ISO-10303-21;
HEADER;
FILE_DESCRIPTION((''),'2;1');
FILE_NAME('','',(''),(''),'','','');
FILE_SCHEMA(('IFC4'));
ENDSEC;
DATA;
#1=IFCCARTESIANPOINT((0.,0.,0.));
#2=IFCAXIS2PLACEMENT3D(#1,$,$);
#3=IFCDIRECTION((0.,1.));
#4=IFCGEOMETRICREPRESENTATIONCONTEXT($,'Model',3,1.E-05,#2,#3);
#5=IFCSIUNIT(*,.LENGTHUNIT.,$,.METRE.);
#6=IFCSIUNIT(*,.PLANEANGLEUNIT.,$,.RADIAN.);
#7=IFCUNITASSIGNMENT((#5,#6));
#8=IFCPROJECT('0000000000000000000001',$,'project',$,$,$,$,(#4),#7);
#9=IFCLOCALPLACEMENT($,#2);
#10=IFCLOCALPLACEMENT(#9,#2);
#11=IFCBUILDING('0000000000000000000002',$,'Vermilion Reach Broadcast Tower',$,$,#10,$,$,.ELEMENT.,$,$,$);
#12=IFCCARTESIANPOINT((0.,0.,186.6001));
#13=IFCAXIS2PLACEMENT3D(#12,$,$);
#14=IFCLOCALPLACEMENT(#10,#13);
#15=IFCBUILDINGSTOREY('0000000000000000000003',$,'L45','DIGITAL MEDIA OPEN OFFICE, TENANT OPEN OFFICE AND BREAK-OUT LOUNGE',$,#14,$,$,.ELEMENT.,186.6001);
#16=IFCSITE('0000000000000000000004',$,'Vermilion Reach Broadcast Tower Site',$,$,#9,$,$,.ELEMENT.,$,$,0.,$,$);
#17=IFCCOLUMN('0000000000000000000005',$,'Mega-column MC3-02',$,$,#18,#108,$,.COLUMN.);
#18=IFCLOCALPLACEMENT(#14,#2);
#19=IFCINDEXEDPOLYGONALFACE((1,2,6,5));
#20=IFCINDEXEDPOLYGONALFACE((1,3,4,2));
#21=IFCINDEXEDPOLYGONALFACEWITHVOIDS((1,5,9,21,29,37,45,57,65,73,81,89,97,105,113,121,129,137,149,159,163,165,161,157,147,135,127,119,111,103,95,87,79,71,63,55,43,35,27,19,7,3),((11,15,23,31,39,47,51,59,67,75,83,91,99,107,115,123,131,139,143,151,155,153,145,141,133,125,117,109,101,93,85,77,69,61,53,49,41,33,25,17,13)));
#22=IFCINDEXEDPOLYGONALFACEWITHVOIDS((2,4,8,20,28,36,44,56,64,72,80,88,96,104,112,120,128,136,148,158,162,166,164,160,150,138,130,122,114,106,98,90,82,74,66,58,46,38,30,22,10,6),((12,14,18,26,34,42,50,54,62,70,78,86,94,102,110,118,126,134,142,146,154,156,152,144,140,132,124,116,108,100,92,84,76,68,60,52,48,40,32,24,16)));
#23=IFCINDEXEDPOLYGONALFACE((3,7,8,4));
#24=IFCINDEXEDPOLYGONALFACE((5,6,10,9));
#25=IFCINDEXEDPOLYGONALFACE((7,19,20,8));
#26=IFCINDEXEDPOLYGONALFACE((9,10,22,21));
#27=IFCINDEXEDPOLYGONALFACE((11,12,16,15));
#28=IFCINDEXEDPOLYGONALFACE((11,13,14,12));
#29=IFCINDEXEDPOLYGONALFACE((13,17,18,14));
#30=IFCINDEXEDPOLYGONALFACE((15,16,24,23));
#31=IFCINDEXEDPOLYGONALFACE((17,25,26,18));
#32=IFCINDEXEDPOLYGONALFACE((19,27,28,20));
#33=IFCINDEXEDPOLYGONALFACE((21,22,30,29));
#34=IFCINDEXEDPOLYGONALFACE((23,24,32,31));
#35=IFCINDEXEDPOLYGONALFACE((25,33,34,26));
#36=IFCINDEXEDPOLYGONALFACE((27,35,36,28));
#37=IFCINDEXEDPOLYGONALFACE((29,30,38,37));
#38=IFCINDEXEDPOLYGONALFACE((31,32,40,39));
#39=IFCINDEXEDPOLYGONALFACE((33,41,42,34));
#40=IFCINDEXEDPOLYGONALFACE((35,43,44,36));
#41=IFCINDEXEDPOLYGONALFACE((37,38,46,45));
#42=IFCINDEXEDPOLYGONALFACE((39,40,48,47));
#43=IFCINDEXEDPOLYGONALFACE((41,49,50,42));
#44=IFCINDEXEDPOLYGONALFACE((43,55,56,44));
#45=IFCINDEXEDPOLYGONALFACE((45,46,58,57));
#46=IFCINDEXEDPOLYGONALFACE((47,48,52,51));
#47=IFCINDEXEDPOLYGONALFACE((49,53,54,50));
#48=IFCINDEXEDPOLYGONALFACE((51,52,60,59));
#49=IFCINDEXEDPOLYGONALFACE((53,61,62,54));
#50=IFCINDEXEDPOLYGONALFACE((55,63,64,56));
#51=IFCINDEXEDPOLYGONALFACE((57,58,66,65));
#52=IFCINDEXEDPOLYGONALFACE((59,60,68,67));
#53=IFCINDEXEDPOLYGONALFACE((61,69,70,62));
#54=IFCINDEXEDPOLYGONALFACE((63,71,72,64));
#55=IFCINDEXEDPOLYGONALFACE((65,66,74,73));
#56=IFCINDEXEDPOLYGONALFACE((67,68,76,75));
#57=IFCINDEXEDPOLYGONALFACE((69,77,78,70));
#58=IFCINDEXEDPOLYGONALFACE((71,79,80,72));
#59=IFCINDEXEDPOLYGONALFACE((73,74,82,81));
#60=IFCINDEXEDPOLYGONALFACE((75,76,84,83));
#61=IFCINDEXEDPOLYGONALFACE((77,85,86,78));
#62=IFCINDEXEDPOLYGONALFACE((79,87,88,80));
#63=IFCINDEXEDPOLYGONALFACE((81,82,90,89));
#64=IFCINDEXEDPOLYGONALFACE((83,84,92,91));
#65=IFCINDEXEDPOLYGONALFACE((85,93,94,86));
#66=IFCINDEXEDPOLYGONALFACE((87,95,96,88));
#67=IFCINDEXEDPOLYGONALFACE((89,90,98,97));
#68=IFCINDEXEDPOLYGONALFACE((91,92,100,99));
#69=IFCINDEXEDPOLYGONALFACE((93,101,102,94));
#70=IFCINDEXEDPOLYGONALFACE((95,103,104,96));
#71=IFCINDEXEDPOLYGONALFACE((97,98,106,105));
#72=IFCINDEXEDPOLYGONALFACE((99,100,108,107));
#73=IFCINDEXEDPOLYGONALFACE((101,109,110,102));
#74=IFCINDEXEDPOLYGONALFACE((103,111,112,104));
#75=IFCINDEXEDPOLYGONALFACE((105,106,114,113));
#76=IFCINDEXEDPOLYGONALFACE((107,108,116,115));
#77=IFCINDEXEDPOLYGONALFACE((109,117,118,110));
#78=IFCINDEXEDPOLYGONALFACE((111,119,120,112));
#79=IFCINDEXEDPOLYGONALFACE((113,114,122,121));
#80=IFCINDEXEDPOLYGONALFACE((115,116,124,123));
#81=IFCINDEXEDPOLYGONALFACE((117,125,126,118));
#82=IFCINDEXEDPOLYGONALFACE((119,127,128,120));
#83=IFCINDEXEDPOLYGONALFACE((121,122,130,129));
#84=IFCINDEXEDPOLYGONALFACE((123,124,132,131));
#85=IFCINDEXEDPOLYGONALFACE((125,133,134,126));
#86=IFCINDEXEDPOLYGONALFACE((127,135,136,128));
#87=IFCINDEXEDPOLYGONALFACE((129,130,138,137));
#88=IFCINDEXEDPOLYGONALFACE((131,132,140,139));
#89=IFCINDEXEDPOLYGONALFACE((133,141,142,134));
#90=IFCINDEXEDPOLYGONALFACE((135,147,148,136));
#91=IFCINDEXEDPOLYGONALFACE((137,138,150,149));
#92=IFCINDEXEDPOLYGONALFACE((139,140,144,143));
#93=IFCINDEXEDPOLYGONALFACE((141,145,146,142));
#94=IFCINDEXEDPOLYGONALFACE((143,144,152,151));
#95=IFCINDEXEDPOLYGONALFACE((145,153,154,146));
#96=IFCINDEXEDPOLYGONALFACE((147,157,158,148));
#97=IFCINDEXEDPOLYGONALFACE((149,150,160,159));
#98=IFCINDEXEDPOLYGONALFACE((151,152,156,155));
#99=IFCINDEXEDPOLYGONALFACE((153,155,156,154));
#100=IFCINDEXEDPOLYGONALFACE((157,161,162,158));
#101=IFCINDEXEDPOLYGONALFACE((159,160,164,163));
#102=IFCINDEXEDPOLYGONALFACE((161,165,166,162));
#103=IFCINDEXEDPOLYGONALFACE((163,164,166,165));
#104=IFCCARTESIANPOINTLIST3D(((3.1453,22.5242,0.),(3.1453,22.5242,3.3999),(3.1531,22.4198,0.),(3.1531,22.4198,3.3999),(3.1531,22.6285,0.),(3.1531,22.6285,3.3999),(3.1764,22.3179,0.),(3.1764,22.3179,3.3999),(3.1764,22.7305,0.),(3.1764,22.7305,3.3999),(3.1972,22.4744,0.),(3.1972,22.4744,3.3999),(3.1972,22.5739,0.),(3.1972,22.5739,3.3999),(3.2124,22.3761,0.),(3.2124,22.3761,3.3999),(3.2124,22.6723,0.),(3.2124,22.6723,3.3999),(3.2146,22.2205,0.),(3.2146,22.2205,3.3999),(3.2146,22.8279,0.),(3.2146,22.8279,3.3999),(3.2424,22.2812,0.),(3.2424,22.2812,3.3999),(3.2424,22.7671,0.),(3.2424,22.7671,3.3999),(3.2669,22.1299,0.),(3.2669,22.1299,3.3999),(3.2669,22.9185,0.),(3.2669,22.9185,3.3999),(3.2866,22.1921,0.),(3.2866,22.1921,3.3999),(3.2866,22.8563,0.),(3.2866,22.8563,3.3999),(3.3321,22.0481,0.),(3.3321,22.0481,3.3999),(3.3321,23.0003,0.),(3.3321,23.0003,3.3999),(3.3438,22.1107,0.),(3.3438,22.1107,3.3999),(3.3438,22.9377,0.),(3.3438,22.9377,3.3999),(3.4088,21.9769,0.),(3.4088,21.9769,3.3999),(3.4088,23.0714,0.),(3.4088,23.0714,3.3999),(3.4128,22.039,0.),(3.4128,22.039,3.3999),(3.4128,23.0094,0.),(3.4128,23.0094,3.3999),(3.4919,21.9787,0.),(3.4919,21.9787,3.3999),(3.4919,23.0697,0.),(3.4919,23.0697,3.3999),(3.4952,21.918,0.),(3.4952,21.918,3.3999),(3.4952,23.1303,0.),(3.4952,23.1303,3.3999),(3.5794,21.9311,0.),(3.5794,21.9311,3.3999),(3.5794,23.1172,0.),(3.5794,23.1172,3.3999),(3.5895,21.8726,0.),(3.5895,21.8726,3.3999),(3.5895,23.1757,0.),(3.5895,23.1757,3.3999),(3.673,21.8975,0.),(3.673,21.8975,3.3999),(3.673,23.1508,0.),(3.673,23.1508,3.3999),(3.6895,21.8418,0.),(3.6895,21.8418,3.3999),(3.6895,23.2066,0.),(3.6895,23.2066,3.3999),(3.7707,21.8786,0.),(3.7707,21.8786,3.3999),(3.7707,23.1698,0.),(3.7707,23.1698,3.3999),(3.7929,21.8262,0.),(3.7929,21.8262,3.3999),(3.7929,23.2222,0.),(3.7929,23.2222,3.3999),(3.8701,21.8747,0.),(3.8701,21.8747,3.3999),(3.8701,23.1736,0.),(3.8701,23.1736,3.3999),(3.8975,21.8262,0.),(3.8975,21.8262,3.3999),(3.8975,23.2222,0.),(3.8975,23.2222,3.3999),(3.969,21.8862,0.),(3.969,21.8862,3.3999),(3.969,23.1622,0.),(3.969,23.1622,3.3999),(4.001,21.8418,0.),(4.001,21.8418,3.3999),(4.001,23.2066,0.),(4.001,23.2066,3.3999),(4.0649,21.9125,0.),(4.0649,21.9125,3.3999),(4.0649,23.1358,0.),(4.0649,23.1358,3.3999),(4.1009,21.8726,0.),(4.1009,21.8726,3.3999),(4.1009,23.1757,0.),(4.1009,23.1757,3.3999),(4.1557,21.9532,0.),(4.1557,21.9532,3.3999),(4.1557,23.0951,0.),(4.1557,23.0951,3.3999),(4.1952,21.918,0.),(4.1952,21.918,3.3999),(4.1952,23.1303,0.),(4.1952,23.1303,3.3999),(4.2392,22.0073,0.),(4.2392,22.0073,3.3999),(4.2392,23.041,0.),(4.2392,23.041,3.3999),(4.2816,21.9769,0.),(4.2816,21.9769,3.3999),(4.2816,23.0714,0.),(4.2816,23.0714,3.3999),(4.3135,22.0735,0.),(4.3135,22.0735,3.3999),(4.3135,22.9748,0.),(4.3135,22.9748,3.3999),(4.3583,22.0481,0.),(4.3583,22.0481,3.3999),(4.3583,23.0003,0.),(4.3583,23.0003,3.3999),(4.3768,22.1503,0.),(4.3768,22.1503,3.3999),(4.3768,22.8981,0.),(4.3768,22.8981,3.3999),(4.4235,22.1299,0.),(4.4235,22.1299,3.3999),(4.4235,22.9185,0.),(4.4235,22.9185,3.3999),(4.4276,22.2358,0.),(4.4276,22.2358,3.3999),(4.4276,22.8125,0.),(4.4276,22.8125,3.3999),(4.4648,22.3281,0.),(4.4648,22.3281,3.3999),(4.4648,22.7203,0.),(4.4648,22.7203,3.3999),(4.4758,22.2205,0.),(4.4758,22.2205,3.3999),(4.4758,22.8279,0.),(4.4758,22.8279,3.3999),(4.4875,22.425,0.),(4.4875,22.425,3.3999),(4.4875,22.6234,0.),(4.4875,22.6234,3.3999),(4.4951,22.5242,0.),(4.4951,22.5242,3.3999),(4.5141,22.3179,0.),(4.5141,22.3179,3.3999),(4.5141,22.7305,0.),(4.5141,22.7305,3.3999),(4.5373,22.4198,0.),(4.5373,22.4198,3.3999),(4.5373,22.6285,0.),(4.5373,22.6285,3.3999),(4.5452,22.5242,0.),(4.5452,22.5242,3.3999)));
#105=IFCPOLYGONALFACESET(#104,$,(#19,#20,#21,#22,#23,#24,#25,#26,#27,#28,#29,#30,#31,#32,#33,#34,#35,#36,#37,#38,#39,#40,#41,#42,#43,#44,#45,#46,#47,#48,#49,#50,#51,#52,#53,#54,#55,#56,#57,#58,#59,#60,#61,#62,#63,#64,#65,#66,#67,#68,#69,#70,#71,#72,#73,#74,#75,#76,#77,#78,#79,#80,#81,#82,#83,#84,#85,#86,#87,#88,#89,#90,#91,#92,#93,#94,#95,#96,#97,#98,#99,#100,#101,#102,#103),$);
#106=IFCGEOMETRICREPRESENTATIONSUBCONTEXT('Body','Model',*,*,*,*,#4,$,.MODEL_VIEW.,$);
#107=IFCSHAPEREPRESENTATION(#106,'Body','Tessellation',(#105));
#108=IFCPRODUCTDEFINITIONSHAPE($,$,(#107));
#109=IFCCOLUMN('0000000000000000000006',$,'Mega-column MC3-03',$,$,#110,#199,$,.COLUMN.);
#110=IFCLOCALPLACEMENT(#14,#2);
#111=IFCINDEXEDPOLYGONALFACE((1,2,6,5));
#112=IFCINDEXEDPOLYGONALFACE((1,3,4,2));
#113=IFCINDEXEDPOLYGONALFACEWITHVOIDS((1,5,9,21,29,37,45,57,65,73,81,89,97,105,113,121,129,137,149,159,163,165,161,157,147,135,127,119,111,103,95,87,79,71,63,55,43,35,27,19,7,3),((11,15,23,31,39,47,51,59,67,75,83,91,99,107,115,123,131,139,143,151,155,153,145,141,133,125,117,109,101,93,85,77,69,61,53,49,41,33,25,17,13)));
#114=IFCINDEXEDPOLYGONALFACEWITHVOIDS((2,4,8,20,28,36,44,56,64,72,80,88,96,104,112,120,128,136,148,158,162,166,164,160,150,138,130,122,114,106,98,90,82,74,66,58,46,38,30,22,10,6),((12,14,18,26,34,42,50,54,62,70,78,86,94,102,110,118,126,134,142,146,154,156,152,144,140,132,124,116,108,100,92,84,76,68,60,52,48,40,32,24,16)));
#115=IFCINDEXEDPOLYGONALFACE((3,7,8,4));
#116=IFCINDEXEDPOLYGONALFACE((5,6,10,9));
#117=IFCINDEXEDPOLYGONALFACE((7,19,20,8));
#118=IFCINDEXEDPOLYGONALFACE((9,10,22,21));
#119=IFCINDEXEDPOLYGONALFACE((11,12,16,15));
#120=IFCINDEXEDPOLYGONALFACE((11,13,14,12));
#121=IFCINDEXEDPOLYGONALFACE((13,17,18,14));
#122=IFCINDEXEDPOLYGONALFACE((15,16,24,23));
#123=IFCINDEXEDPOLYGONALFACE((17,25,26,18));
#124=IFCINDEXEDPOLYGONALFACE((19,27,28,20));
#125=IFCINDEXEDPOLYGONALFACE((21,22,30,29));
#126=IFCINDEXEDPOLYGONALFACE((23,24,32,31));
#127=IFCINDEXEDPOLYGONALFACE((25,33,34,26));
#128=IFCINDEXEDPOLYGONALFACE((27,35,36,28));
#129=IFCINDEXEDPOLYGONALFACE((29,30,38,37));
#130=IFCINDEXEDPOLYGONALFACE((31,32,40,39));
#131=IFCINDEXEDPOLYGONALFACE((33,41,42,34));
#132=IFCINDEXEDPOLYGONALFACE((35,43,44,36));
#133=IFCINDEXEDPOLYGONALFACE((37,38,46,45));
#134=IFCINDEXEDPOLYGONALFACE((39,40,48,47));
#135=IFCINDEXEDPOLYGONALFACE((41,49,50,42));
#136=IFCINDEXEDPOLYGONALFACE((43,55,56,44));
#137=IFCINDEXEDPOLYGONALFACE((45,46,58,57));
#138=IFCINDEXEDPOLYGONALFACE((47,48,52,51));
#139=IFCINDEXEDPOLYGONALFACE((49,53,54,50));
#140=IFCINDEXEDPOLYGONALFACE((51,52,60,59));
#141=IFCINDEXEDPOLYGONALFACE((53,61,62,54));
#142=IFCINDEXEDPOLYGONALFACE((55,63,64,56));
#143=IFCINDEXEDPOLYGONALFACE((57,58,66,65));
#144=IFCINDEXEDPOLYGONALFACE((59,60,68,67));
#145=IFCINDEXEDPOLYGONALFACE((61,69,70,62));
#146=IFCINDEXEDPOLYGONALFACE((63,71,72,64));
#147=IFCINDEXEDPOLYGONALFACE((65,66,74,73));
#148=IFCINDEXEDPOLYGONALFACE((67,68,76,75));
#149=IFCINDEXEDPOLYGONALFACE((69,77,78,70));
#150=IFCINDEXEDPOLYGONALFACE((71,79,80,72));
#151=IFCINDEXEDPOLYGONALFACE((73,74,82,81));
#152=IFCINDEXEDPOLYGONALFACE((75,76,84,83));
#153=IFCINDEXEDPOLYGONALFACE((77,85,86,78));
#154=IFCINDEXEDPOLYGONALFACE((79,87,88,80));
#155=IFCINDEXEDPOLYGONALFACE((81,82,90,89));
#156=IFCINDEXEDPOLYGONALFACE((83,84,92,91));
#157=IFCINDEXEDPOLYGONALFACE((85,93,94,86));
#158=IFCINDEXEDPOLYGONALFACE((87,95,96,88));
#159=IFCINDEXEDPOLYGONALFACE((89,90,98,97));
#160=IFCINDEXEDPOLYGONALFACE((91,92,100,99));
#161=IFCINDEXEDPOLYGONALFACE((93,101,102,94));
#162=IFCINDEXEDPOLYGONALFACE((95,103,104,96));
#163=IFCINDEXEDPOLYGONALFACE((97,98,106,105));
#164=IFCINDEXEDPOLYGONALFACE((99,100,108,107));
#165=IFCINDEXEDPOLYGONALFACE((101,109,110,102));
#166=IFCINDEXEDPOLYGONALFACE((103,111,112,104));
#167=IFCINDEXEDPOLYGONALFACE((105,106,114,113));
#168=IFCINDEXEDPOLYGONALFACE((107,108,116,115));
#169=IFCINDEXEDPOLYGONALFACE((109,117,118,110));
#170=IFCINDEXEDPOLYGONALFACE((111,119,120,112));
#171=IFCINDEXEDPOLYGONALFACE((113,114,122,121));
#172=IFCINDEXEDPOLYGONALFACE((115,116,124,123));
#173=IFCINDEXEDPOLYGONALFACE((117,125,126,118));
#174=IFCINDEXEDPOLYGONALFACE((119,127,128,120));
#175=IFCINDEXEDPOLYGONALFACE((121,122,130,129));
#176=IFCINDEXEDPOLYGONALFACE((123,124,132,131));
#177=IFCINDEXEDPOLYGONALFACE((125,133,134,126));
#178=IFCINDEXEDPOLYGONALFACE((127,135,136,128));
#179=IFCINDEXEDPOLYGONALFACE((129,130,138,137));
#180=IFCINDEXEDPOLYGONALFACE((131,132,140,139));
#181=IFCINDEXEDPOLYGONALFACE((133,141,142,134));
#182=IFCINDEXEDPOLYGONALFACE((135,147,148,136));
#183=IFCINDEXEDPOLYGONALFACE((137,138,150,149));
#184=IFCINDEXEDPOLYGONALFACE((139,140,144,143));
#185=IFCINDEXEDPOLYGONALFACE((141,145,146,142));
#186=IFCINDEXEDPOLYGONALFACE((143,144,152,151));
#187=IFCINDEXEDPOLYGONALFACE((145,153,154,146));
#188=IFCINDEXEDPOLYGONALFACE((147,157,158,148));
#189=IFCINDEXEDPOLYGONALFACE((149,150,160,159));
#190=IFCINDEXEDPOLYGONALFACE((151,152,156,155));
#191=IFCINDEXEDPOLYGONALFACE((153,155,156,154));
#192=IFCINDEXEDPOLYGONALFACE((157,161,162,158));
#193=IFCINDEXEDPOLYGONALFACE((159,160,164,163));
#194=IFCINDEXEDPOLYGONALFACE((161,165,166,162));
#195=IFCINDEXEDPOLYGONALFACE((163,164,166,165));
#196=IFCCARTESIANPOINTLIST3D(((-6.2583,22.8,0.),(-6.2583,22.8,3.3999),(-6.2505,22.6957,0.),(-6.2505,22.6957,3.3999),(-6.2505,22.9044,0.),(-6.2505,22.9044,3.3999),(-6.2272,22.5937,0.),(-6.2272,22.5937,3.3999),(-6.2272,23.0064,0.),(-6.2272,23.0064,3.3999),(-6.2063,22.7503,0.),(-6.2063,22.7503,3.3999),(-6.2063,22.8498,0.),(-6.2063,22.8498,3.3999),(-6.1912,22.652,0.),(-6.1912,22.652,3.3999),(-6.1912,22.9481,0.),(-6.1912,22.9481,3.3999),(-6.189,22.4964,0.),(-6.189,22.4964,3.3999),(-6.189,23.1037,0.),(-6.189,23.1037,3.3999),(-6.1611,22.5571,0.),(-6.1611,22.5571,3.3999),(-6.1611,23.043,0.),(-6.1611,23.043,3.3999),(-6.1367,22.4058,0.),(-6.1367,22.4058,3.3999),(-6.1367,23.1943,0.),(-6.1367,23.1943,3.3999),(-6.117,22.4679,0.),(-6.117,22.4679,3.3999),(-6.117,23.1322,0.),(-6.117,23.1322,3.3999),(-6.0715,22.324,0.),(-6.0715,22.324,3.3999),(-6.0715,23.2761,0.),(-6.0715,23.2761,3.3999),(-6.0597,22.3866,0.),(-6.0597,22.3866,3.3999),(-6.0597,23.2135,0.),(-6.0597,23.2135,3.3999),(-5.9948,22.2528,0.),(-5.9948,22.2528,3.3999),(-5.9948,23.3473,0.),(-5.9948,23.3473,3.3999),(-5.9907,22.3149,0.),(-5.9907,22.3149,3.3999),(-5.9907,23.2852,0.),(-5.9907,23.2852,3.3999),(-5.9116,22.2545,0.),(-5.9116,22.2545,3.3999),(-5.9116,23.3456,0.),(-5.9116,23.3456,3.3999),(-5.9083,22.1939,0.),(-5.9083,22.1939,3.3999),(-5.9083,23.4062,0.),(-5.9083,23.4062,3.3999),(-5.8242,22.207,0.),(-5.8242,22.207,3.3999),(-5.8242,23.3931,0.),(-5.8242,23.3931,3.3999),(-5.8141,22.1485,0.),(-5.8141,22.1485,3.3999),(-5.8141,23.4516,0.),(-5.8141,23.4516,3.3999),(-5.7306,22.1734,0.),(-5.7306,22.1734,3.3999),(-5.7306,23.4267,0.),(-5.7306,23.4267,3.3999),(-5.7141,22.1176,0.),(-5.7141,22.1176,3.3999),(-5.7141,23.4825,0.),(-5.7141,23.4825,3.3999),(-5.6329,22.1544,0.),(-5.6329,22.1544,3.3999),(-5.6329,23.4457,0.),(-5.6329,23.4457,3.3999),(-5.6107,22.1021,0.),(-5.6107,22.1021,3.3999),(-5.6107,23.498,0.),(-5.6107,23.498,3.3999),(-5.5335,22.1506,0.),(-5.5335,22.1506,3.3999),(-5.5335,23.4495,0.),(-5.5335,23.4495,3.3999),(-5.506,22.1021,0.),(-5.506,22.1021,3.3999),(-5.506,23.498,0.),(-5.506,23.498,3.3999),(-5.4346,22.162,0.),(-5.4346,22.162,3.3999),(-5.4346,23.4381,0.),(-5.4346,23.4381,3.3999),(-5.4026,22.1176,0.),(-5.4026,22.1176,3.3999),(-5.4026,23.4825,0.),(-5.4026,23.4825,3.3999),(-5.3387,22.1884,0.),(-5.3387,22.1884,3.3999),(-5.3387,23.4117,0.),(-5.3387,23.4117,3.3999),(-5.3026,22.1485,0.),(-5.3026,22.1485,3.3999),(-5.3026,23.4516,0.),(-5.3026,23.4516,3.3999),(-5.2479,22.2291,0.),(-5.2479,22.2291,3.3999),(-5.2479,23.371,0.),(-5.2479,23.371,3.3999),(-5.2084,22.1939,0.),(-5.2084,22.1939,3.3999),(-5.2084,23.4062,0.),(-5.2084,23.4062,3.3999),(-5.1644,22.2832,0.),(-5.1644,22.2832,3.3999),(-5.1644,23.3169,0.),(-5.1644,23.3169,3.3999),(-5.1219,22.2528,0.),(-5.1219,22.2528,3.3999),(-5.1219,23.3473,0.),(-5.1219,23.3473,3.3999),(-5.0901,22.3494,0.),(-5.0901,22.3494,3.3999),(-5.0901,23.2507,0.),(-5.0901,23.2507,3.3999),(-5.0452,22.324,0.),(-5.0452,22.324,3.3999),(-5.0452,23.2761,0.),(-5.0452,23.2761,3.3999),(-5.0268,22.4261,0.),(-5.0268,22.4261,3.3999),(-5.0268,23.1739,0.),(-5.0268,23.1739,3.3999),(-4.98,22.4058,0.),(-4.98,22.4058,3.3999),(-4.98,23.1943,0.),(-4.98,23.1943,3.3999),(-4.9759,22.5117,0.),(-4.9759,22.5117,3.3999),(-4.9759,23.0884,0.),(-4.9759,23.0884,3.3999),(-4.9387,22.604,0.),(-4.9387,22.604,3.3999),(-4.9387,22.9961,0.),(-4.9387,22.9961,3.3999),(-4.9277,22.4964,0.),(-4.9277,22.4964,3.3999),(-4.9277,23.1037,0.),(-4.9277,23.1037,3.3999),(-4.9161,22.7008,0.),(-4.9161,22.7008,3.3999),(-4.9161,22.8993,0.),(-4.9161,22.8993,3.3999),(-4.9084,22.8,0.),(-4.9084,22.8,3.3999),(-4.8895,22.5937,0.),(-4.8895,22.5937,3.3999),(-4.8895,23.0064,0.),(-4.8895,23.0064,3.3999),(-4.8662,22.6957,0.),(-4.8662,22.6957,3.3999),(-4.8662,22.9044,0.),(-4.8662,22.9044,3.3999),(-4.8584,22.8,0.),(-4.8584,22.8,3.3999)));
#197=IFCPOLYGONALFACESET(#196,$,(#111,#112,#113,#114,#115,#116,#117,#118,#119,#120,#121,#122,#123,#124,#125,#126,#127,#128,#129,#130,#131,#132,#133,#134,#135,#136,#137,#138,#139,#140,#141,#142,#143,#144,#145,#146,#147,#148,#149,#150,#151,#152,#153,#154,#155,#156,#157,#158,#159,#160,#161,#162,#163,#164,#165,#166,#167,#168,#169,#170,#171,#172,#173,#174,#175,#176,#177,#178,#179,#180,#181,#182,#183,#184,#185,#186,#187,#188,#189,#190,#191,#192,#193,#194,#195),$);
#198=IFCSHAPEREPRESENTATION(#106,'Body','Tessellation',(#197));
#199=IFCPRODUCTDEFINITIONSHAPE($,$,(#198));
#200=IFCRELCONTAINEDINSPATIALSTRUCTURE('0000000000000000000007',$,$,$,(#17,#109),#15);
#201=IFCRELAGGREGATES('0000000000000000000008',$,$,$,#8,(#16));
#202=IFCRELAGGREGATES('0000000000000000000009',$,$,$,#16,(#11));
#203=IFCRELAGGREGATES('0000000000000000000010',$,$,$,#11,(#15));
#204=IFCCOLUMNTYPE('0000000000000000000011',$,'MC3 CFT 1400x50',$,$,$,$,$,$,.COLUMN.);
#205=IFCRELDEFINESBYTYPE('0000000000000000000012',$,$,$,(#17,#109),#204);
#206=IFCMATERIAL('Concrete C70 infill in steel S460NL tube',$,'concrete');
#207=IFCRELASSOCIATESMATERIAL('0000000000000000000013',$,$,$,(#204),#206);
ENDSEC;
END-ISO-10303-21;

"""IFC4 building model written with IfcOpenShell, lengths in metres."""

from ifc_helpers import new_model, si_unit, direction, frame, origin, origin_2d, place, context, subcontext, project, spatial, hollow_circle, extrude, material, material_profile, profile_set, type_object, element, save


model = new_model("IFC4")

# Units and contexts
model_context = context("Model", 3, precision=1e-05, world=origin(), true_north=direction((0.0, 1.0)))
body_context = subcontext(model_context, "Body", "Model", "MODEL_VIEW")
ifc_project = project(units=[si_unit("LENGTHUNIT", "METRE"), si_unit("PLANEANGLEUNIT", "RADIAN")], contexts=[model_context])

# Site, building, storey
site_placement = place(None, origin())
site = spatial("IfcSite", under=ifc_project, at=site_placement, Name="Vermilion Reach Broadcast Tower Site", CompositionType="ELEMENT", RefElevation=0.0)
building_placement = place(site_placement, origin())
building = spatial("IfcBuilding", under=site, at=building_placement, Name="Vermilion Reach Broadcast Tower", CompositionType="ELEMENT")
storey_placement = place(building_placement, frame((0.0, 0.0, 186.6001)))
storey = spatial("IfcBuildingStorey", under=building, at=storey_placement, Name="L45", Description="DIGITAL MEDIA OPEN OFFICE, TENANT OPEN OFFICE AND BREAK-OUT LOUNGE", CompositionType="ELEMENT", Elevation=186.6001)

# Columns
ifc_material_1 = material(Name="Concrete C70 infill in steel S460NL tube", Category="concrete")
ifc_material_profile_1 = material_profile(ifc_material_1, hollow_circle(Radius=0.7, WallThickness=0.05, at=origin_2d()), Name="Concrete C70 infill in steel S460NL tube CFT 1400x50")
ifc_profile_set_1 = profile_set([ifc_material_profile_1], Name="Concrete C70 infill in steel S460NL tube")
column_type = type_object("IfcColumnType", Name="MC3 CFT 1400x50", PredefinedType="COLUMN", material=ifc_profile_set_1)
for number, where, z_axis, x_axis, name in (
    (1, (3.8452, 22.5242, 0.0), (0.0, 0.0, 1.0), (1.0, 0.0, 0.0), "Mega-column MC3-02"),
    (2, (-5.5583, 22.8, 0.0), (0.0, 0.0, 1.0), (1.0, 0.0, 0.0), "Mega-column MC3-03"),
):
    element("IfcColumn", number, at=place(storey_placement, frame(where, z_axis=z_axis, x_axis=x_axis)), inside=storey, type_object=column_type, Name=name, PredefinedType="COLUMN", context=body_context, shape_type="SweptSolid", body=[
        extrude(hollow_circle(Radius=0.7, WallThickness=0.05, at=origin_2d()), origin(), (0.0, 0.0, 1.0), 3.3999),
    ])

save(model, "model.ifc")
